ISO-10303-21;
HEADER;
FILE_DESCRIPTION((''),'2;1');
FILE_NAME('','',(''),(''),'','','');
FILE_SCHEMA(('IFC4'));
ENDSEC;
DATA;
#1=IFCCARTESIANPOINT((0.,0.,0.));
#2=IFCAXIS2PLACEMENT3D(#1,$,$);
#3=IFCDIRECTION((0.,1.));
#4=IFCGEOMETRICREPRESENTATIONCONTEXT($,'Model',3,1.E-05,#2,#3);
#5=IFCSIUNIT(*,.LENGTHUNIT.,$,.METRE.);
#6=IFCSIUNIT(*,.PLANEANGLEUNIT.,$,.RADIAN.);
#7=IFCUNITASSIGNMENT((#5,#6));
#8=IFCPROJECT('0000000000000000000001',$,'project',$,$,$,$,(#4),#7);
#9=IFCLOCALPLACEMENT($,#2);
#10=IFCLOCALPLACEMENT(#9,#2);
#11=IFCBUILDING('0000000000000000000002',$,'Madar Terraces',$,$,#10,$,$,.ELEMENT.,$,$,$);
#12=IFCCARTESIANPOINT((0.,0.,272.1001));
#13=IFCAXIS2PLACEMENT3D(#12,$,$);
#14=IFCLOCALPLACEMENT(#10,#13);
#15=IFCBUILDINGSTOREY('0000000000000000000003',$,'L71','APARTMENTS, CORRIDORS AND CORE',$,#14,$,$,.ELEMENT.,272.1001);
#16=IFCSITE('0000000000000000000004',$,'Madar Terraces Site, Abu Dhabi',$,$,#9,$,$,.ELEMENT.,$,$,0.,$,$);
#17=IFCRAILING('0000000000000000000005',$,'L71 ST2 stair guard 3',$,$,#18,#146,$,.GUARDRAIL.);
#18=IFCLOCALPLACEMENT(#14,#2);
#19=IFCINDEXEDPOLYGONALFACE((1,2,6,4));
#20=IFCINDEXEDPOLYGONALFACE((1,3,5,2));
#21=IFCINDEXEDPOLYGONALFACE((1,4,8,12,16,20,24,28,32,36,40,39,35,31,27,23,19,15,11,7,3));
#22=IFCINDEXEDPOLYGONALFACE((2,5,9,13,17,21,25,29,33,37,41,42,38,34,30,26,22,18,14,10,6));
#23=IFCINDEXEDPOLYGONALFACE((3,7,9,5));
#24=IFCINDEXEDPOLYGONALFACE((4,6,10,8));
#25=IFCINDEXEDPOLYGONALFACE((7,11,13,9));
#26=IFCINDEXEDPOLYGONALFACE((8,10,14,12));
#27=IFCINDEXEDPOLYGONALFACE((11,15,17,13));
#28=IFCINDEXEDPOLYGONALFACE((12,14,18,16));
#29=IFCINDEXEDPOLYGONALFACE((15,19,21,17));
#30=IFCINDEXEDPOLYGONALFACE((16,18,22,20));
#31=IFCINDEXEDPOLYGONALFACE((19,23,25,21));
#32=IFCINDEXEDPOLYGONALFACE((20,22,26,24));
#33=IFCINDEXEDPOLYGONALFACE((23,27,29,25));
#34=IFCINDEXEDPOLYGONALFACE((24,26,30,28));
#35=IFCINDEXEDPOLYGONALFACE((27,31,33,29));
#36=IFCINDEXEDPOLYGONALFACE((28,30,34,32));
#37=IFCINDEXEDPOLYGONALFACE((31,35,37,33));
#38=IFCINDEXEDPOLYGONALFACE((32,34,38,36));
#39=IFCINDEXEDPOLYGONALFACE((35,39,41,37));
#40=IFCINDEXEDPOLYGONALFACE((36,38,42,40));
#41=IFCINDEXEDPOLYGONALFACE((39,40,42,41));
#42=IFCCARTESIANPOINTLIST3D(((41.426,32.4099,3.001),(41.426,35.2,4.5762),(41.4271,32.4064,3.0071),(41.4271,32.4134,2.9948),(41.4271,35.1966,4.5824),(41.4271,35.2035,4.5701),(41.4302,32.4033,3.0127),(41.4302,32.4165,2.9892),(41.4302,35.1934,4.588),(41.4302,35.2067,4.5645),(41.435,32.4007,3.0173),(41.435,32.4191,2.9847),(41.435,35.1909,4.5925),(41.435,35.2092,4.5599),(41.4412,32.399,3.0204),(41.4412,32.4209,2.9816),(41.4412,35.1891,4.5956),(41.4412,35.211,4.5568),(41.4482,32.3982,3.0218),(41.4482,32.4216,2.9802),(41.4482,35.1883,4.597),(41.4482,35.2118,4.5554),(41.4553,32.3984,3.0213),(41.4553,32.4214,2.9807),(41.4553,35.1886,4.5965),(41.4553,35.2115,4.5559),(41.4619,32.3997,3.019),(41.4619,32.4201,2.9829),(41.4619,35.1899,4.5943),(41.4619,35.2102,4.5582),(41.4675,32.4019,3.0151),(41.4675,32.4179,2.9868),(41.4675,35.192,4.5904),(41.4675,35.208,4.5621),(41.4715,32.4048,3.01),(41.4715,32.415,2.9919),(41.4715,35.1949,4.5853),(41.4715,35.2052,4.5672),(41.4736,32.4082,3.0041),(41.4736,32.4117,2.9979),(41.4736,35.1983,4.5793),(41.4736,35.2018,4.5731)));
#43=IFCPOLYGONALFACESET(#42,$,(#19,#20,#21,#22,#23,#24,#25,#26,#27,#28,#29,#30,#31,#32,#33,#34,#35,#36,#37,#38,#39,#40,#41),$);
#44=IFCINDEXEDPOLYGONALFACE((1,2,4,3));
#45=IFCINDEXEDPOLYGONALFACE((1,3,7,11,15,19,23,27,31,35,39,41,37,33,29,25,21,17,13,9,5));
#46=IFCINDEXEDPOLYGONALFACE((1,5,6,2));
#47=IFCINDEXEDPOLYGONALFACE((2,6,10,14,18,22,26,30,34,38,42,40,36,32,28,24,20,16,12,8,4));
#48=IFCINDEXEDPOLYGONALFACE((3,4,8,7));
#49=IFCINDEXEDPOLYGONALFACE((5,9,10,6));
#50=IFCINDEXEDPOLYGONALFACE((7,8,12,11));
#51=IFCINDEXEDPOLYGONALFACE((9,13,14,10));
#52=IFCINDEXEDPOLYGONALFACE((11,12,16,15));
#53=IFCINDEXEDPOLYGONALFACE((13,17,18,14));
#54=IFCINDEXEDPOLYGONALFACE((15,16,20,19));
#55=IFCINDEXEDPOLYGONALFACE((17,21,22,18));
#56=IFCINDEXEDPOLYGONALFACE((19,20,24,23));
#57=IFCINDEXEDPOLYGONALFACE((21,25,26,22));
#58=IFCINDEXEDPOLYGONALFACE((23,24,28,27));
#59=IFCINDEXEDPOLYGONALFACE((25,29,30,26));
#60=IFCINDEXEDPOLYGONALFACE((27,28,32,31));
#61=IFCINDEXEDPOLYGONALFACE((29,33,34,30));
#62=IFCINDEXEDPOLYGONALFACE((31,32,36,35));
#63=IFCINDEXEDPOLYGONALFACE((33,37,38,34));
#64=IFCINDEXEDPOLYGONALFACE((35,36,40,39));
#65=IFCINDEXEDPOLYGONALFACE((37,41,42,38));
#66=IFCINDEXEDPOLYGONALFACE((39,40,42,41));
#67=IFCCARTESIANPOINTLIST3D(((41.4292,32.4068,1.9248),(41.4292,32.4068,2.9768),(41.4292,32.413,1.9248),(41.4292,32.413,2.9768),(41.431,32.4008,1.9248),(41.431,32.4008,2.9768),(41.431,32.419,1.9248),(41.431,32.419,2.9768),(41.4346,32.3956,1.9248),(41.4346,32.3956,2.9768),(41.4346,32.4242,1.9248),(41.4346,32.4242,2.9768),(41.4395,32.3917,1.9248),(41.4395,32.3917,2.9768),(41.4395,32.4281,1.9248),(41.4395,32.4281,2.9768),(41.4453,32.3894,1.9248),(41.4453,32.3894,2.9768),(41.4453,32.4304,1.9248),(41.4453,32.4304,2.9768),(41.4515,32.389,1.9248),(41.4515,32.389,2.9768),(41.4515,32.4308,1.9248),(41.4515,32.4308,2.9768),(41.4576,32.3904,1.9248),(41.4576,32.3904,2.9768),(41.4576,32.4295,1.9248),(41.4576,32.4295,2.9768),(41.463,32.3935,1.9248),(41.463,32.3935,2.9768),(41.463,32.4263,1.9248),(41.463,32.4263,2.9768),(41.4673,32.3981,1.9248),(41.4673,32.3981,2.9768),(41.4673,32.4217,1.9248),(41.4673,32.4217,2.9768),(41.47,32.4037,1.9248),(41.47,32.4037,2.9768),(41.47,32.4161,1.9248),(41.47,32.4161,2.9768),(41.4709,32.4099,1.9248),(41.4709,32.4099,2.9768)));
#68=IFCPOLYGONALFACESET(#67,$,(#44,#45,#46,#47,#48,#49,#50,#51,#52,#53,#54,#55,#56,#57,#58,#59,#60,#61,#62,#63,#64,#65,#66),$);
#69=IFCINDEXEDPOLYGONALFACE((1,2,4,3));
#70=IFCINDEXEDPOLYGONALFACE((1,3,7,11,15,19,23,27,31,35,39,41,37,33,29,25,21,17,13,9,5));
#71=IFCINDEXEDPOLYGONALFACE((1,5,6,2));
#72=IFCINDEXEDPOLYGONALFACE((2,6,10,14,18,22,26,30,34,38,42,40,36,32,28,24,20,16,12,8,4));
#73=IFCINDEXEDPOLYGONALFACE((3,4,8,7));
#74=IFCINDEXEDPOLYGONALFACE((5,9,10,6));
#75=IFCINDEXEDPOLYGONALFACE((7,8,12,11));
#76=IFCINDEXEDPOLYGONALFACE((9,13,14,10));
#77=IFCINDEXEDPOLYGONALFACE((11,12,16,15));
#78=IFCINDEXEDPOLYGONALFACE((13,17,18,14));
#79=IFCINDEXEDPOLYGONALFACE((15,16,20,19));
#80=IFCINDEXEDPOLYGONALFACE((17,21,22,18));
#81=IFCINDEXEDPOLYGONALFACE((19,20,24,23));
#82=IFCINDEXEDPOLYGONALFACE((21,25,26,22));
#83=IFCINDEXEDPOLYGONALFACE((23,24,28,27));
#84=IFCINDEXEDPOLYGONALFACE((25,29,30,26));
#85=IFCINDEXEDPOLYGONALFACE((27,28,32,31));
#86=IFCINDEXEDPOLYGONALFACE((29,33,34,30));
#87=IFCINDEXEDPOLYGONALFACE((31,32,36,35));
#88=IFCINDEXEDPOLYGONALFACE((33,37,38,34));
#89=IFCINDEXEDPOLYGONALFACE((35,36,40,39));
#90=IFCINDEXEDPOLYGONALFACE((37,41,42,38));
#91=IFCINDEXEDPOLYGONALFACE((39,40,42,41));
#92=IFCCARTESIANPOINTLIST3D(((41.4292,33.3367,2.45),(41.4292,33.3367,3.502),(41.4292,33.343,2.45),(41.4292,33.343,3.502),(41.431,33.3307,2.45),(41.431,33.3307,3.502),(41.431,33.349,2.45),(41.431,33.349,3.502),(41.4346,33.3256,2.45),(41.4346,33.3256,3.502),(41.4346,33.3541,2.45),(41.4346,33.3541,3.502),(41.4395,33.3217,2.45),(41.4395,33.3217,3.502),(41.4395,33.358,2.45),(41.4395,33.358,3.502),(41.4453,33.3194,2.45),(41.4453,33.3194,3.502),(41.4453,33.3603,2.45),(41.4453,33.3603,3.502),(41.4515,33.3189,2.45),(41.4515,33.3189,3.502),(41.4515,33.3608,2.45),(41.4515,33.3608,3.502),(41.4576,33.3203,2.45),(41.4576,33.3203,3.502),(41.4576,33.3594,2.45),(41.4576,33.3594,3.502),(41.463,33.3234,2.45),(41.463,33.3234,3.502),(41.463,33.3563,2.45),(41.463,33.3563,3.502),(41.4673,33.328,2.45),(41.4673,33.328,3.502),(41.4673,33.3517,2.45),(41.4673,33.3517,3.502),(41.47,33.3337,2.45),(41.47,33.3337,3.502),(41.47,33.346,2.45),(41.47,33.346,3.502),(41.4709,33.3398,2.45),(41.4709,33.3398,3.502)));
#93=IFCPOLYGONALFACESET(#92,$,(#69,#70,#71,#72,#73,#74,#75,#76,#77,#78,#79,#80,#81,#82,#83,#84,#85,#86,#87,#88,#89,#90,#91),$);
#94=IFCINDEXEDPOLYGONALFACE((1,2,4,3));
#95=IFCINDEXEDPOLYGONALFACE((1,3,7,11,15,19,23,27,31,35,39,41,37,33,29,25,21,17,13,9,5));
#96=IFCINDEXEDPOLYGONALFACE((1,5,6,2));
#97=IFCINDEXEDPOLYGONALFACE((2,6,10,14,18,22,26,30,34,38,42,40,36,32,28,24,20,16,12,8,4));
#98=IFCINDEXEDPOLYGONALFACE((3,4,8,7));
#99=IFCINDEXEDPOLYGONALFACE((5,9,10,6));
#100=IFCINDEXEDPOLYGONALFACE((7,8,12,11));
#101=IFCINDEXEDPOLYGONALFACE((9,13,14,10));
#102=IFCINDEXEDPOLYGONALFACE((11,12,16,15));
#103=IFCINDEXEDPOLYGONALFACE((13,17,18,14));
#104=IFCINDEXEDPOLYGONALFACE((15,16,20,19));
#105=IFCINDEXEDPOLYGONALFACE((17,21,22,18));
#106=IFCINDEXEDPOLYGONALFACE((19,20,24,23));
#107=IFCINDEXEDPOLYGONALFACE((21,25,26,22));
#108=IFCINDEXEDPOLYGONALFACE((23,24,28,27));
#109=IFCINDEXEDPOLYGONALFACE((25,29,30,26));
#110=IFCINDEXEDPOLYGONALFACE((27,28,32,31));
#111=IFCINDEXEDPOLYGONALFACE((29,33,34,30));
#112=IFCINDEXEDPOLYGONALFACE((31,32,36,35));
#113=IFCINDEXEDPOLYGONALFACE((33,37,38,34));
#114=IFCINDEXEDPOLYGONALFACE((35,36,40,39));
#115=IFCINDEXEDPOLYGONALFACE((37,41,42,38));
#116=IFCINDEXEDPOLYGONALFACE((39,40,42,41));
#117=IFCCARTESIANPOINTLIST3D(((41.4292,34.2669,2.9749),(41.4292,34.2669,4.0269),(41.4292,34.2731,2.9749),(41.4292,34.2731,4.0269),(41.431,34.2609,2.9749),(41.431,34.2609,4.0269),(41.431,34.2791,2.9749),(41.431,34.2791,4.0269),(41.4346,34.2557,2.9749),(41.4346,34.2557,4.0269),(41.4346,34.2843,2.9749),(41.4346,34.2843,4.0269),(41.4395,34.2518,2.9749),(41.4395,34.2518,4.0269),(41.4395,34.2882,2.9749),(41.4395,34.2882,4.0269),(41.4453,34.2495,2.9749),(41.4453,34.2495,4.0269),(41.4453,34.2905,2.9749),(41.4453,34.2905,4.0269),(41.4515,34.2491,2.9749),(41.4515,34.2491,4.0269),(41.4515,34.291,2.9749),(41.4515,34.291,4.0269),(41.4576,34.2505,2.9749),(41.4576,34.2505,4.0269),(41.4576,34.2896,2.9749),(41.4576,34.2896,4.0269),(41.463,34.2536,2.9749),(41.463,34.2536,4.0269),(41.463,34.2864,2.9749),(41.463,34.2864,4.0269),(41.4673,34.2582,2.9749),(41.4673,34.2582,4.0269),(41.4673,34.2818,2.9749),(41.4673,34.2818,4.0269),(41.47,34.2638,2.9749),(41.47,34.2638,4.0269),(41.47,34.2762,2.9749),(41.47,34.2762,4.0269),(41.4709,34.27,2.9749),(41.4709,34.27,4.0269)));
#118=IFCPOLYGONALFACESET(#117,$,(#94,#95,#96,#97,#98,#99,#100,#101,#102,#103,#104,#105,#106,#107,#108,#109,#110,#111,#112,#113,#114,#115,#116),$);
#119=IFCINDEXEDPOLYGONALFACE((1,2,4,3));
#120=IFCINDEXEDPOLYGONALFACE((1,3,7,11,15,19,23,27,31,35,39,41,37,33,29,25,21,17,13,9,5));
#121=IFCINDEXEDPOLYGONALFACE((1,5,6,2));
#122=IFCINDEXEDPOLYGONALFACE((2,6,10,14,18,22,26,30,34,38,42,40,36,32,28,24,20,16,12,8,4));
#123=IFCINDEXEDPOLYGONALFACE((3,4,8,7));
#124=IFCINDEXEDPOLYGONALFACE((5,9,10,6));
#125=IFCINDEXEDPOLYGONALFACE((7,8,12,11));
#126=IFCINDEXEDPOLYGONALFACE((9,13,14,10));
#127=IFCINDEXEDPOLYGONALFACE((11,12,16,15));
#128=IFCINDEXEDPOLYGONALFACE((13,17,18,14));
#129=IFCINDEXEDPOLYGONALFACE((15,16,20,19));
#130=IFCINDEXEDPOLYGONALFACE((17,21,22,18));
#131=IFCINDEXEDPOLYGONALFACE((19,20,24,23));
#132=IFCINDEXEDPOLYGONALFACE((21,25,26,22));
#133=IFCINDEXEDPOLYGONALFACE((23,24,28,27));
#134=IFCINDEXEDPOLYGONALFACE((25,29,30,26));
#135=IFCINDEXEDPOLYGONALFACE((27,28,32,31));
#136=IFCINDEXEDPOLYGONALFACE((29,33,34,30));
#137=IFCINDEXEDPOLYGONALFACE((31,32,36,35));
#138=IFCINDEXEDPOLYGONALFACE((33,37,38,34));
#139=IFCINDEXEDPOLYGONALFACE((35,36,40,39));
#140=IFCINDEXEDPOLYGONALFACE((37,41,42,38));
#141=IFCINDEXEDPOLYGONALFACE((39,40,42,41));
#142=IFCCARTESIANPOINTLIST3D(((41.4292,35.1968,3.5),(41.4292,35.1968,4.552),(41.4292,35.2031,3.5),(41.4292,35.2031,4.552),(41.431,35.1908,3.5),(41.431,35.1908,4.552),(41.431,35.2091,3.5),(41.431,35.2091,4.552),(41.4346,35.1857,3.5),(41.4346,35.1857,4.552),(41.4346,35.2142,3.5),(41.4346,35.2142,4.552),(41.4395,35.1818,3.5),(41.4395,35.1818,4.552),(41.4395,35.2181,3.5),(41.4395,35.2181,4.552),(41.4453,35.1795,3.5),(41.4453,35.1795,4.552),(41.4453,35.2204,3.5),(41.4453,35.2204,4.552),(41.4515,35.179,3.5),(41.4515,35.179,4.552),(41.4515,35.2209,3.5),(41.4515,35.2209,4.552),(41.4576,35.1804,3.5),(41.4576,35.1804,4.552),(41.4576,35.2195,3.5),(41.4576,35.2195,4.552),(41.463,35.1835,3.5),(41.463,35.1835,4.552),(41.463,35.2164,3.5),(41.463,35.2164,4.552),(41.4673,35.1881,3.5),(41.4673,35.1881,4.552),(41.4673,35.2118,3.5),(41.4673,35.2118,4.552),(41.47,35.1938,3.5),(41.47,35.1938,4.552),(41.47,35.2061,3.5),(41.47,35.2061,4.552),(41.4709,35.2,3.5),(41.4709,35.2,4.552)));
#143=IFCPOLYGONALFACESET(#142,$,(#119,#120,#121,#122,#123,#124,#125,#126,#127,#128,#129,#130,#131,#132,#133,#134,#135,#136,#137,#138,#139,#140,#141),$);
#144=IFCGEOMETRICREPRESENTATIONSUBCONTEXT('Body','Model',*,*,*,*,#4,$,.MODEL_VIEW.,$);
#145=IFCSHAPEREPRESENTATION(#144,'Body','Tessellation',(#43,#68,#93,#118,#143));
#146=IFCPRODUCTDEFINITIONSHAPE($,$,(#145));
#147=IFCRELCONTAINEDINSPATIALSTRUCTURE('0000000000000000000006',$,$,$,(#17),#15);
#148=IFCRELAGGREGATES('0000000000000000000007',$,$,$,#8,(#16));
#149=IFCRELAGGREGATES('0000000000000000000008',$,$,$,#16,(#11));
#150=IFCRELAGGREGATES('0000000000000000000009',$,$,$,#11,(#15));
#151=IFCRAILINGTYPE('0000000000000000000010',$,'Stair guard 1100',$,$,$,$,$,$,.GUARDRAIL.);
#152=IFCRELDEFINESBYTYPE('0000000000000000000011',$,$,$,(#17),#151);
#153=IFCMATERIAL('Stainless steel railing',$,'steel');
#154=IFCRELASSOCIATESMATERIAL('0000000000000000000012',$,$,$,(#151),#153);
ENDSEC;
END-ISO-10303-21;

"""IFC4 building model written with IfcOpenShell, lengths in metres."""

from ifc_helpers import new_model, si_unit, direction, frame, origin, origin_2d, place, context, subcontext, project, spatial, circle, extrude, material, type_object, element, save


model = new_model("IFC4")

# Units and contexts
model_context = context("Model", 3, precision=1e-05, world=origin(), true_north=direction((0.0, 1.0)))
body_context = subcontext(model_context, "Body", "Model", "MODEL_VIEW")
ifc_project = project(units=[si_unit("LENGTHUNIT", "METRE"), si_unit("PLANEANGLEUNIT", "RADIAN")], contexts=[model_context])

# Site, building, storey
site_placement = place(None, origin())
site = spatial("IfcSite", under=ifc_project, at=site_placement, Name="Madar Terraces Site, Abu Dhabi", CompositionType="ELEMENT", RefElevation=0.0)
building_placement = place(site_placement, origin())
building = spatial("IfcBuilding", under=site, at=building_placement, Name="Madar Terraces", CompositionType="ELEMENT")
storey_placement = place(building_placement, frame((0.0, 0.0, 272.1001)))
storey = spatial("IfcBuildingStorey", under=building, at=storey_placement, Name="L71", Description="APARTMENTS, CORRIDORS AND CORE", CompositionType="ELEMENT", Elevation=272.1001)

# Railing
ifc_material_1 = material(Name="Stainless steel railing", Category="steel")
railing_type_1 = type_object("IfcRailingType", Name="Stair guard 1100", PredefinedType="GUARDRAIL", material=ifc_material_1)
railing_1_placement = place(storey_placement, frame((41.45, 32.4099, 1.9248)))
element("IfcRailing", 1, at=railing_1_placement, inside=storey, type_object=railing_type_1, Name="L71 ST2 stair guard 3", PredefinedType="GUARDRAIL", context=body_context, shape_type="SweptSolid", body=[
    extrude(circle(Radius=0.0239, at=origin_2d()), frame((0.0, 0.0, 1.0762), z_axis=(0.0, 0.870801, 0.491635), x_axis=(-1.0, 0.0, 0.0)), (0.0, 0.0, 1.0), 3.2041),
    extrude(circle(Radius=0.021, at=origin_2d()), origin(), (0.0, 0.0, 1.0), 1.052),
    extrude(circle(Radius=0.021, at=origin_2d()), frame((0.0, 0.9299, 0.5251)), (0.0, 0.0, 1.0), 1.052),
    extrude(circle(Radius=0.021, at=origin_2d()), frame((0.0, 1.8601, 1.05)), (0.0, 0.0, 1.0), 1.052),
    extrude(circle(Radius=0.021, at=origin_2d()), frame((0.0, 2.79, 1.5752)), (0.0, 0.0, 1.0), 1.052),
])

save(model, "model.ifc")
